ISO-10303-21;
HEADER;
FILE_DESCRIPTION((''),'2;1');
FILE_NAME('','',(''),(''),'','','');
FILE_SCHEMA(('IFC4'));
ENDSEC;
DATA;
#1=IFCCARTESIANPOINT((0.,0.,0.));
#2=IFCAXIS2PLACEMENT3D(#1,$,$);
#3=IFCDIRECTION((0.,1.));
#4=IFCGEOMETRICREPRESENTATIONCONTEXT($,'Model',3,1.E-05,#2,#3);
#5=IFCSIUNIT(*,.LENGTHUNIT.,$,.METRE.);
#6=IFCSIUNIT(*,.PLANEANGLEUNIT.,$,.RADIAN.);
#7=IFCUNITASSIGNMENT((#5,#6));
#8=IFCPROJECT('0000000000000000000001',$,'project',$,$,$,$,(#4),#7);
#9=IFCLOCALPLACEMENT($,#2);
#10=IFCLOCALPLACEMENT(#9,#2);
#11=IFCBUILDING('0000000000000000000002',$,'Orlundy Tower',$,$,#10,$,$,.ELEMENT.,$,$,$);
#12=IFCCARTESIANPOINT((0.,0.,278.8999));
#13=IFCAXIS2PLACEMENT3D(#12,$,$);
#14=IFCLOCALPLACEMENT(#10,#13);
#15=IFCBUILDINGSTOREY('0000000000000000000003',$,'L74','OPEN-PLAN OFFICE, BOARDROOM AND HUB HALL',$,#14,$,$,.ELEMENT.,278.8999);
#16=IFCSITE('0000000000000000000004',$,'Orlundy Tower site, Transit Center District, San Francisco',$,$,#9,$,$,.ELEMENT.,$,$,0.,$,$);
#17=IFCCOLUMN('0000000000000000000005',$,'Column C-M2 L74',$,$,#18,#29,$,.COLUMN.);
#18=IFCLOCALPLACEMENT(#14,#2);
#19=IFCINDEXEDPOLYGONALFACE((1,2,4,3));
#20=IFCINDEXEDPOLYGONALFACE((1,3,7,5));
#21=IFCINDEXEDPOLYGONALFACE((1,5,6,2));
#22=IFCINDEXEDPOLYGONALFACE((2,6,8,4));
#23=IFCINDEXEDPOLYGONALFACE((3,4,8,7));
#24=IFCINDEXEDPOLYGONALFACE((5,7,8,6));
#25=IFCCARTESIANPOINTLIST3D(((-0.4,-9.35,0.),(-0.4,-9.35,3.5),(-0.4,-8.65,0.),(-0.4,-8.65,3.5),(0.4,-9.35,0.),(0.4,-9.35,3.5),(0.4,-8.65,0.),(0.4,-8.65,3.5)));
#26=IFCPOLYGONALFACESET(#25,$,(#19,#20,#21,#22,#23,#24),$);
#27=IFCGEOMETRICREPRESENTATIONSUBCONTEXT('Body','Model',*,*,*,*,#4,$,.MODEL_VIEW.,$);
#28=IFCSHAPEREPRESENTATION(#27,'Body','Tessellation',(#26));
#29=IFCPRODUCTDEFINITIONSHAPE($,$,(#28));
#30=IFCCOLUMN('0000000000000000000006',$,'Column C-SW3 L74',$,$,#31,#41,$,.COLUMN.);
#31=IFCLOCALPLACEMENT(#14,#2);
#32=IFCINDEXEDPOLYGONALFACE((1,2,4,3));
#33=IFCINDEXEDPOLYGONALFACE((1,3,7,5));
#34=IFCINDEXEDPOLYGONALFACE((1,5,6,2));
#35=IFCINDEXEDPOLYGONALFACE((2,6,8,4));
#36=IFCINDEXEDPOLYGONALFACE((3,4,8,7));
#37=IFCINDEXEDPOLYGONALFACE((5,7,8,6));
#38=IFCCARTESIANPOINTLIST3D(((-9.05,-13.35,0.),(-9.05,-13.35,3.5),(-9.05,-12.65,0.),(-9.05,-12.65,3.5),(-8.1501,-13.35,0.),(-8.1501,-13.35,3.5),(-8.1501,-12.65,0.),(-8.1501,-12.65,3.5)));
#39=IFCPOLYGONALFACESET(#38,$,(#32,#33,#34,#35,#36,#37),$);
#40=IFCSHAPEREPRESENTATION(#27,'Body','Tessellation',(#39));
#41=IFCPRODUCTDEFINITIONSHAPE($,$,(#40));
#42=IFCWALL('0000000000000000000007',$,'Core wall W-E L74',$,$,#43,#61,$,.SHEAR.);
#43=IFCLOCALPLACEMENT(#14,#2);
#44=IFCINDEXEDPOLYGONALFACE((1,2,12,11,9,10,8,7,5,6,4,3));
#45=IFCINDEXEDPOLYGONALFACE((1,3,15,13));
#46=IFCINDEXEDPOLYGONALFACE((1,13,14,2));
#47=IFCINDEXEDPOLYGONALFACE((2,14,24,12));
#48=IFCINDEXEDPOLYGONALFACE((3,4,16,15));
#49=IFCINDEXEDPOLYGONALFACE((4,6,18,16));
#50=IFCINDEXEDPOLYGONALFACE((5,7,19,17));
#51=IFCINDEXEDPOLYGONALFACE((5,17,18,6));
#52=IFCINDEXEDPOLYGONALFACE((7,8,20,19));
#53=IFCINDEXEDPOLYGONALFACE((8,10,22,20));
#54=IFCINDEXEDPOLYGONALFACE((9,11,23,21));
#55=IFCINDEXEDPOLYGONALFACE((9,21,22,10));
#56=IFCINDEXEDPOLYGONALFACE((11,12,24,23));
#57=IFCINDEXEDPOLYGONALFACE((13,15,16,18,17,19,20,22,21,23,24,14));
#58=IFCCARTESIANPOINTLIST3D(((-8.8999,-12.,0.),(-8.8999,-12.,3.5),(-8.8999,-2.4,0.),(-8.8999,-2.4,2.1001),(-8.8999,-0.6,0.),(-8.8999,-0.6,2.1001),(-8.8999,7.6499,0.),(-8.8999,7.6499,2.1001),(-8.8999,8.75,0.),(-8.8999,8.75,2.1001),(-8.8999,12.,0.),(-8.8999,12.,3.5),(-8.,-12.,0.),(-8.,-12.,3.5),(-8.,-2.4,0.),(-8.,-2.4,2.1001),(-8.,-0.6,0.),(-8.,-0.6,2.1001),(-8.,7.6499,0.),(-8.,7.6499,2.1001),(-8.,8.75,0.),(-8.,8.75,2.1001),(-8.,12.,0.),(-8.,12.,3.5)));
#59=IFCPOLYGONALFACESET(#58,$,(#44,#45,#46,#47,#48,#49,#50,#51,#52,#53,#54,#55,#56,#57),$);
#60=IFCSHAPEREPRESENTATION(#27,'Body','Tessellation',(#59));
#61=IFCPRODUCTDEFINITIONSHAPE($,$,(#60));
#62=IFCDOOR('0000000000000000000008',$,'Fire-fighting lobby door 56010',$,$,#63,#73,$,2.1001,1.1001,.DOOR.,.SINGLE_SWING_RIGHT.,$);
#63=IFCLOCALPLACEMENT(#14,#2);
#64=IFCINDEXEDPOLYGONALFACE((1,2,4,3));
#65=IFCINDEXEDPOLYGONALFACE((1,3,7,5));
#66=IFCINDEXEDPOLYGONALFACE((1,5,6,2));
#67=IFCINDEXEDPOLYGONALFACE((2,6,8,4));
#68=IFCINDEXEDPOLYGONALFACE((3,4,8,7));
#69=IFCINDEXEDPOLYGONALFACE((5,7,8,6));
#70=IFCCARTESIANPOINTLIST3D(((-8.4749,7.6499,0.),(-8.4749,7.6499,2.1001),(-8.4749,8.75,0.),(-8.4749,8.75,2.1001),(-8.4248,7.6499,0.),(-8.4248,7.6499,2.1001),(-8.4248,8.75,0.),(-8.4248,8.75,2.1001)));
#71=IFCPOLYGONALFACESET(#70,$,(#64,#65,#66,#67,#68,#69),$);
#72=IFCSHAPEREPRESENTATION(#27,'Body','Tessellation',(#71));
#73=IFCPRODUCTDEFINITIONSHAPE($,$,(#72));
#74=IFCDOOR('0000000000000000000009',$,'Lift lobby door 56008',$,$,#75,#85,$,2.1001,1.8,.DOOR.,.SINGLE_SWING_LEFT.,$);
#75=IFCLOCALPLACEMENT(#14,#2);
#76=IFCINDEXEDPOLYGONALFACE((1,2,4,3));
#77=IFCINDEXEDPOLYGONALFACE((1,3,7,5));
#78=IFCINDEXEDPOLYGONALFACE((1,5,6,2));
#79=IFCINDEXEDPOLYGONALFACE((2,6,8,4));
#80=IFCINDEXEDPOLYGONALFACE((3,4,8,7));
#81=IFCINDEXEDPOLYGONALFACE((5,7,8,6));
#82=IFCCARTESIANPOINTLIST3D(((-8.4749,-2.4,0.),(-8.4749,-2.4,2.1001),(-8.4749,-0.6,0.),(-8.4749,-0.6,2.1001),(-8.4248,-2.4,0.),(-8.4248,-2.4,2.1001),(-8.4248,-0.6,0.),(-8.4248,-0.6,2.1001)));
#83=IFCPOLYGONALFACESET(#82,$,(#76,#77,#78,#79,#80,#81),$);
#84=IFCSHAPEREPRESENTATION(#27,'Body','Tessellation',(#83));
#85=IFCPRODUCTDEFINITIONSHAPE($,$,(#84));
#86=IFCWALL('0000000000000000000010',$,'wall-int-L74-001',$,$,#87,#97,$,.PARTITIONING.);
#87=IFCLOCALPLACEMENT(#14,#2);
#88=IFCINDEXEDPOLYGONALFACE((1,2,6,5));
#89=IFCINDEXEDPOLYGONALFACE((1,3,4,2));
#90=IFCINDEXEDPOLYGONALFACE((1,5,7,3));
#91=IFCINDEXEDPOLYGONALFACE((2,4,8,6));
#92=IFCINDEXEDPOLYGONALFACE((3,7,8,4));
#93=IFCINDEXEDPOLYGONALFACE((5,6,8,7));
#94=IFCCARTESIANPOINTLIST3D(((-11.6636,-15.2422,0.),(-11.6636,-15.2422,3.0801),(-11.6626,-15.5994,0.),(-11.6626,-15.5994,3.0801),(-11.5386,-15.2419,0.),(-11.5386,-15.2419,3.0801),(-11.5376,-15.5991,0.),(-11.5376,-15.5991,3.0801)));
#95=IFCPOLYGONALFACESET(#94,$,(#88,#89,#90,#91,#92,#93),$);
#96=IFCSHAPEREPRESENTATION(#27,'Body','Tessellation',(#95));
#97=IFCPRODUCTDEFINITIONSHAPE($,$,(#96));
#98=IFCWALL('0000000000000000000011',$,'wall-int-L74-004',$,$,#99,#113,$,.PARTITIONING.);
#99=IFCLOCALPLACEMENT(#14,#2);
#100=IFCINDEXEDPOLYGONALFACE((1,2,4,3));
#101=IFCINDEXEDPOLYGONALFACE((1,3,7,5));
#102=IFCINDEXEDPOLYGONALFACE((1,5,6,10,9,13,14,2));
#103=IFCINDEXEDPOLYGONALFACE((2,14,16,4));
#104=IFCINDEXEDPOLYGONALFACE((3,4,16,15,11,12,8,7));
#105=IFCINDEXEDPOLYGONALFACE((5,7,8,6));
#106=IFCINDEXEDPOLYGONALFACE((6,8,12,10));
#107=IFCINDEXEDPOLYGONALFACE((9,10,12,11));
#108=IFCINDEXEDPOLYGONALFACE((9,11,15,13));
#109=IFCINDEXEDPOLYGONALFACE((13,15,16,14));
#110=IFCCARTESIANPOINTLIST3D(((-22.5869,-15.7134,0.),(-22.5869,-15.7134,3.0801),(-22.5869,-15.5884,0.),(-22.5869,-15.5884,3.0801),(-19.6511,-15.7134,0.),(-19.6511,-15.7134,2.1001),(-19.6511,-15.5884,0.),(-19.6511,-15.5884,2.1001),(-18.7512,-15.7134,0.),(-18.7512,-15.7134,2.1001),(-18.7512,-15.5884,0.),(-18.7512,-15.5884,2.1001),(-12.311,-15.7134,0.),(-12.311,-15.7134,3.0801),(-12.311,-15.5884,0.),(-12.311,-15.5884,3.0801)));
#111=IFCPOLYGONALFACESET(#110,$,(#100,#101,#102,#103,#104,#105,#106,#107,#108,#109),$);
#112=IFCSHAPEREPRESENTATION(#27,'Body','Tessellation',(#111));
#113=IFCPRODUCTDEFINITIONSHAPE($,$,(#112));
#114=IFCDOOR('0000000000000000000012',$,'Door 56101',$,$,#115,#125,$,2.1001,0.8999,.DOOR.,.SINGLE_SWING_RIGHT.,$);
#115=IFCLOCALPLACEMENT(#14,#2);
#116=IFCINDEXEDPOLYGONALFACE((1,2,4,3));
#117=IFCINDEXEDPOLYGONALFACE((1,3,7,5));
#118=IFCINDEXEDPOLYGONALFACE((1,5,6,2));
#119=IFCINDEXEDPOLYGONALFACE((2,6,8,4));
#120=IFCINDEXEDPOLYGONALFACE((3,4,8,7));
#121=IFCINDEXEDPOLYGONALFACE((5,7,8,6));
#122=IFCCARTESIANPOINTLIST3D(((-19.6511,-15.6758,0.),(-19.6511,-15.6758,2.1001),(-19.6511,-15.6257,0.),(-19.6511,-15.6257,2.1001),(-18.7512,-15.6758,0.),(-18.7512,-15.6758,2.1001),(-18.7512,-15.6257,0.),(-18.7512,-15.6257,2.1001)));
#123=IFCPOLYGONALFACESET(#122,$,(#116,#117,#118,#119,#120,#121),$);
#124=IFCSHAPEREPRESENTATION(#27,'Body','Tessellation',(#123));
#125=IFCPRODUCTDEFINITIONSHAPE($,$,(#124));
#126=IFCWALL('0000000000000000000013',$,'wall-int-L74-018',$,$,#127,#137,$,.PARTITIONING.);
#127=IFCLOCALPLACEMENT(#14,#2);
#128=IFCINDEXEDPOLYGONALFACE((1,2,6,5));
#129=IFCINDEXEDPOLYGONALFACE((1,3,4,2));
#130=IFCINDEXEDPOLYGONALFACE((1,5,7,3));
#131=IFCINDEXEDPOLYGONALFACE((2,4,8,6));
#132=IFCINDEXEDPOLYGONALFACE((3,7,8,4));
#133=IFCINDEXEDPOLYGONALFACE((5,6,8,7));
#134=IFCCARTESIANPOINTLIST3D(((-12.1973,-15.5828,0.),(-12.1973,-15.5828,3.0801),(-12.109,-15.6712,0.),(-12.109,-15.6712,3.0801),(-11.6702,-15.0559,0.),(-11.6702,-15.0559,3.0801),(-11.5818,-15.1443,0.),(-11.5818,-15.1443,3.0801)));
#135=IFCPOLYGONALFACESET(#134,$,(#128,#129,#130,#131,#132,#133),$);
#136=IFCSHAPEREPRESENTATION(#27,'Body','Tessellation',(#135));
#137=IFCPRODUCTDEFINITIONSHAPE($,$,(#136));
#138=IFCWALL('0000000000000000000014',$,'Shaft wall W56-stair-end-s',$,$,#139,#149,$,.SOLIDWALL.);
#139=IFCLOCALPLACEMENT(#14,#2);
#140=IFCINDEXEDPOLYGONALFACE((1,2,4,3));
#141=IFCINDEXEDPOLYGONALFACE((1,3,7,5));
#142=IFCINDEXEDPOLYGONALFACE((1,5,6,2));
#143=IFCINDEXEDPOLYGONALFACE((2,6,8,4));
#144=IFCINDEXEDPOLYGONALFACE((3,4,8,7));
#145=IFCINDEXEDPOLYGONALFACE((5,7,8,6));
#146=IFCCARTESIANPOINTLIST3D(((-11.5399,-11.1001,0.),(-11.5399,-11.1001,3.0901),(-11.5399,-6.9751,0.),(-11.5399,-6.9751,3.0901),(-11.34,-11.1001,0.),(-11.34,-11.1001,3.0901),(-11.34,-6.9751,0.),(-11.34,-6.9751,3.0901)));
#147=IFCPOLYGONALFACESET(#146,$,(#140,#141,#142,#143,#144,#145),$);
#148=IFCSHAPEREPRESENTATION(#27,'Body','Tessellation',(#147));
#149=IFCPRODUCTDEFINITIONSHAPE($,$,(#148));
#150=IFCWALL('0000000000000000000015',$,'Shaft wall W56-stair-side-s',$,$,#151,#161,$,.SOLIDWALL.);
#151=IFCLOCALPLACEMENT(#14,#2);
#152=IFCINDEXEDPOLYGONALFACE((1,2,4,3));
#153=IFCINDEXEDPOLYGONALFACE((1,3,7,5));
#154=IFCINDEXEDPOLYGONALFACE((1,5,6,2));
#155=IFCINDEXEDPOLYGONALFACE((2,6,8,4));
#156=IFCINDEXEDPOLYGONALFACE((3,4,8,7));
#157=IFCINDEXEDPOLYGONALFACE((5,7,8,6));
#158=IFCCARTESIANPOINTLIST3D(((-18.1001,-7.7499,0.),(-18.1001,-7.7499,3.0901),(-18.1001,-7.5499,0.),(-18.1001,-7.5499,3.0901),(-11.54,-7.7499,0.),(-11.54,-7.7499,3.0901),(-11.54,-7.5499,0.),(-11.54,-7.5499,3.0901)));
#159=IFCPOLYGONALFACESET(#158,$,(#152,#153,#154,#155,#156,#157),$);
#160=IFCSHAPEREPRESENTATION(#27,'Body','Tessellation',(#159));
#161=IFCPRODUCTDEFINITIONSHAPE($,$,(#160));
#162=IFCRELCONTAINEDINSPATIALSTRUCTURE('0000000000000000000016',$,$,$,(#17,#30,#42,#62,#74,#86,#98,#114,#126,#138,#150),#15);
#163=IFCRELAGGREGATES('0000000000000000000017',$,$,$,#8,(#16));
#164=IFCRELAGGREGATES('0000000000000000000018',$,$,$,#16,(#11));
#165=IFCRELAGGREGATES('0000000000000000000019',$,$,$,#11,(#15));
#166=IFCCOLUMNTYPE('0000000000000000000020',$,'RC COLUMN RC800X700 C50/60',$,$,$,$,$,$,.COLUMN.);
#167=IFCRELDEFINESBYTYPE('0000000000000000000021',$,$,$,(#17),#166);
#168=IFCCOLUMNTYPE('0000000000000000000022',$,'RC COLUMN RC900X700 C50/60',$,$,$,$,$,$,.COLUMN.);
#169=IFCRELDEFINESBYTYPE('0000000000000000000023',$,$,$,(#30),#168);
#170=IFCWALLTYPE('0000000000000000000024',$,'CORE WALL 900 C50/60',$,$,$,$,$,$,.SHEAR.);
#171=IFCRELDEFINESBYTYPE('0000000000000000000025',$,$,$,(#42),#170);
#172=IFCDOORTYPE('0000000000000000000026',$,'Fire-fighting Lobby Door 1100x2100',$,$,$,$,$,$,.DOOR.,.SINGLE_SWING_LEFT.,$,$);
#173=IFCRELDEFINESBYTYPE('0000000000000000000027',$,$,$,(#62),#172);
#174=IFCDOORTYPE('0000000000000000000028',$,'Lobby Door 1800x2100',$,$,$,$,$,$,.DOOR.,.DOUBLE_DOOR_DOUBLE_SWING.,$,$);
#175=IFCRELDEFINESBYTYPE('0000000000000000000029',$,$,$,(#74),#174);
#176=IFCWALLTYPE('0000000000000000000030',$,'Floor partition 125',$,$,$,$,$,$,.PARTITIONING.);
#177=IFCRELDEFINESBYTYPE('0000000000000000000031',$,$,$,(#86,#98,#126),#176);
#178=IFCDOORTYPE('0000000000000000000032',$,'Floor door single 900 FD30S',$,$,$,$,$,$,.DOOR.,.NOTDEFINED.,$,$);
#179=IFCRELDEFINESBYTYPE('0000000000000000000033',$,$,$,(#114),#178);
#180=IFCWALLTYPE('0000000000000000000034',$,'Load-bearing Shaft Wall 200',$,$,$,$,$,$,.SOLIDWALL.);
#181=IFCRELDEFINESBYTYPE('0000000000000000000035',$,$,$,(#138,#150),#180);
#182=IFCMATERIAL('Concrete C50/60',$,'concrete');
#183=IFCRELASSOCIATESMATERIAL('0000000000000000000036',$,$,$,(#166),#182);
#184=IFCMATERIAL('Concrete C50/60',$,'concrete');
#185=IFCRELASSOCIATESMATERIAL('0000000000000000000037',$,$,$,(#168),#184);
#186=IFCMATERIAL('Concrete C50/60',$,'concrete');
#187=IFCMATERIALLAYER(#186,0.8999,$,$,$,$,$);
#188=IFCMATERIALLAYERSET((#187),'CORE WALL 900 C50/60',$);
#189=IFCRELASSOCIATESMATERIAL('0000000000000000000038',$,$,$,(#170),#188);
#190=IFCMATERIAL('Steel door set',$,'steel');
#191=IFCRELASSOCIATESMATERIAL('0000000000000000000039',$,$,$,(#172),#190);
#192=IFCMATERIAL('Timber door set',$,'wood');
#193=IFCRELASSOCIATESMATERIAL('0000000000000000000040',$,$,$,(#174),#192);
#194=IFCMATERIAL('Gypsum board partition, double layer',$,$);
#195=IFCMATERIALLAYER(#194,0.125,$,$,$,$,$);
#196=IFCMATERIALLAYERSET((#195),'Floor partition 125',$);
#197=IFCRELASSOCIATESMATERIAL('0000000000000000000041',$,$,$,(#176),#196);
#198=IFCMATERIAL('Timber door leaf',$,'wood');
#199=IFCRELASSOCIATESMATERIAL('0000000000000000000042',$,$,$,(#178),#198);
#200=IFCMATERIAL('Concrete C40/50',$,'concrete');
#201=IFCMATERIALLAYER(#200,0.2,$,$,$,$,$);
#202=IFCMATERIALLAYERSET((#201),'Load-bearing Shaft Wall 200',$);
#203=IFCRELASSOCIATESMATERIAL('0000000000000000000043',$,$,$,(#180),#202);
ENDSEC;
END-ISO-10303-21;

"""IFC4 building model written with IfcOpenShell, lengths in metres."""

from ifc_helpers import new_model, si_unit, direction, frame, frame_2d, origin, origin_2d, place, context, subcontext, project, spatial, rectangle, extrude, material, layer, layer_set, material_profile, profile_set, type_object, element, fill, save


model = new_model("IFC4")

# Units and contexts
model_context = context("Model", 3, precision=1e-05, world=origin(), true_north=direction((0.0, 1.0)))
body_context = subcontext(model_context, "Body", "Model", "MODEL_VIEW")
ifc_project = project(units=[si_unit("LENGTHUNIT", "METRE"), si_unit("PLANEANGLEUNIT", "RADIAN")], contexts=[model_context])

# Site, building, storey
site_placement = place(None, origin())
site = spatial("IfcSite", under=ifc_project, at=site_placement, Name="Orlundy Tower site, Transit Center District, San Francisco", CompositionType="ELEMENT", RefElevation=0.0)
building_placement = place(site_placement, origin())
building = spatial("IfcBuilding", under=site, at=building_placement, Name="Orlundy Tower", CompositionType="ELEMENT")
storey_placement = place(building_placement, frame((0.0, 0.0, 278.8999)))
storey = spatial("IfcBuildingStorey", under=building, at=storey_placement, Name="L74", Description="OPEN-PLAN OFFICE, BOARDROOM AND HUB HALL", CompositionType="ELEMENT", Elevation=278.8999)

# Columns
ifc_material_1 = material(Name="Concrete C50/60", Category="concrete")
ifc_material_profile_1 = material_profile(ifc_material_1, rectangle(XDim=0.8, YDim=0.7, at=origin_2d()), Name="RC800X700")
ifc_profile_set_1 = profile_set([ifc_material_profile_1], Name="Concrete C50/60")
column_type_1 = type_object("IfcColumnType", Name="RC COLUMN RC800X700 C50/60", PredefinedType="COLUMN", material=ifc_profile_set_1)
column_1_placement = place(storey_placement, frame((0.0, -9.0, 0.0), z_axis=(0.0, 0.0, 1.0), x_axis=(1.0, 0.0, 0.0)))
element("IfcColumn", 1, at=column_1_placement, inside=storey, type_object=column_type_1, Name="Column C-M2 L74", PredefinedType="COLUMN", context=body_context, shape_type="SweptSolid", body=[
    extrude(rectangle(XDim=0.8, YDim=0.7, at=origin_2d()), origin(), (0.0, 0.0, 1.0), 3.5),
])
ifc_material_2 = material(Name="Concrete C50/60", Category="concrete")
ifc_material_profile_2 = material_profile(ifc_material_2, rectangle(XDim=0.8999, YDim=0.7, at=origin_2d()), Name="RC900X700")
ifc_profile_set_2 = profile_set([ifc_material_profile_2], Name="Concrete C50/60")
column_type_2 = type_object("IfcColumnType", Name="RC COLUMN RC900X700 C50/60", PredefinedType="COLUMN", material=ifc_profile_set_2)
column_2_placement = place(storey_placement, frame((-8.6001, -13.0, 0.0), z_axis=(0.0, 0.0, 1.0), x_axis=(1.0, 0.0, 0.0)))
element("IfcColumn", 2, at=column_2_placement, inside=storey, type_object=column_type_2, Name="Column C-SW3 L74", PredefinedType="COLUMN", context=body_context, shape_type="SweptSolid", body=[
    extrude(rectangle(XDim=0.8999, YDim=0.7, at=origin_2d()), origin(), (0.0, 0.0, 1.0), 3.5),
])

# Wall, openings, doors
ifc_material_3 = material(Name="Concrete C50/60", Category="concrete")
ifc_layer_1 = layer(ifc_material_3, 0.8999)
ifc_layer_set_1 = layer_set([ifc_layer_1], Name="CORE WALL 900 C50/60")
wall_type_1 = type_object("IfcWallType", Name="CORE WALL 900 C50/60", PredefinedType="SHEAR", material=ifc_layer_set_1)
wall_1_placement = place(storey_placement, frame((-8.45, -12.0, 0.0), z_axis=(0.0, 0.0, 1.0), x_axis=(0.0, 1.0, 0.0)))
wall_1 = element("IfcWall", 3, at=wall_1_placement, inside=storey, type_object=wall_type_1, Name="Core wall W-E L74", PredefinedType="SHEAR", context=body_context, shape_type="SweptSolid", body=[
    extrude(rectangle(XDim=24.0, YDim=0.8999, at=frame_2d((12.0, 0.0))), origin(), (0.0, 0.0, 1.0), 3.5),
])
opening_1_placement = place(wall_1_placement, frame((9.6001, 0.0, 0.0)))
opening_1 = element("IfcOpeningElement", 4, at=opening_1_placement, cuts=wall_1, PredefinedType="OPENING", context=body_context, shape_type="SweptSolid", body=[
    extrude(rectangle(XDim=1.8, YDim=2.1001, at=frame_2d((0.8999, 1.05))), frame((0.0, 0.46, 0.0), z_axis=(0.0, -1.0, 0.0), x_axis=(1.0, 0.0, 0.0)), (0.0, 0.0, 1.0), 0.9199),
])
opening_2_placement = place(wall_1_placement, frame((19.6499, 0.0, 0.0)))
opening_2 = element("IfcOpeningElement", 5, at=opening_2_placement, cuts=wall_1, PredefinedType="OPENING", context=body_context, shape_type="SweptSolid", body=[
    extrude(rectangle(XDim=1.1001, YDim=2.1001, at=frame_2d((0.55, 1.05))), frame((0.0, 0.46, 0.0), z_axis=(0.0, -1.0, 0.0), x_axis=(1.0, 0.0, 0.0)), (0.0, 0.0, 1.0), 0.9199),
])
ifc_material_4 = material(Name="Steel door set", Category="steel")
door_type_1 = type_object("IfcDoorType", Name="Fire-fighting Lobby Door 1100x2100", OperationType="SINGLE_SWING_LEFT", PredefinedType="DOOR", material=ifc_material_4)
door_1_placement = place(opening_2_placement, origin())
door_1 = element("IfcDoor", 6, at=door_1_placement, inside=storey, type_object=door_type_1, Name="Fire-fighting lobby door 56010", OperationType="SINGLE_SWING_RIGHT", OverallHeight=2.1001, OverallWidth=1.1001, PredefinedType="DOOR", context=body_context, shape_type="SweptSolid", body=[
    extrude(rectangle(XDim=1.1001, YDim=2.1001, at=frame_2d((0.55, 1.05))), frame((0.0, 0.0249, 0.0), z_axis=(0.0, -1.0, 0.0), x_axis=(1.0, 0.0, 0.0)), (0.0, 0.0, 1.0), 0.05),
])
fill(opening_2, door_1)
ifc_material_5 = material(Name="Timber door set", Category="wood")
door_type_2 = type_object("IfcDoorType", Name="Lobby Door 1800x2100", OperationType="DOUBLE_DOOR_DOUBLE_SWING", PredefinedType="DOOR", material=ifc_material_5)
door_2_placement = place(opening_1_placement, origin())
door_2 = element("IfcDoor", 7, at=door_2_placement, inside=storey, type_object=door_type_2, Name="Lift lobby door 56008", OperationType="SINGLE_SWING_LEFT", OverallHeight=2.1001, OverallWidth=1.8, PredefinedType="DOOR", context=body_context, shape_type="SweptSolid", body=[
    extrude(rectangle(XDim=1.8, YDim=2.1001, at=frame_2d((0.8999, 1.05))), frame((0.0, 0.0249, 0.0), z_axis=(0.0, -1.0, 0.0), x_axis=(1.0, 0.0, 0.0)), (0.0, 0.0, 1.0), 0.05),
])
fill(opening_1, door_2)

# Wall
ifc_material_6 = material(Name="Gypsum board partition, double layer")
ifc_layer_2 = layer(ifc_material_6, 0.125)
ifc_layer_set_2 = layer_set([ifc_layer_2], Name="Floor partition 125")
wall_type_2 = type_object("IfcWallType", Name="Floor partition 125", PredefinedType="PARTITIONING", material=ifc_layer_set_2)
wall_2_placement = place(storey_placement, frame((-11.6011, -15.2419, 0.0), z_axis=(0.0, 0.0, 1.0), x_axis=(0.002734, -0.999996, 0.0)))
element("IfcWall", 8, at=wall_2_placement, inside=storey, type_object=wall_type_2, Name="wall-int-L74-001", PredefinedType="PARTITIONING", context=body_context, shape_type="SweptSolid", body=[
    extrude(rectangle(XDim=0.3572, YDim=0.125, at=frame_2d((0.1787, 0.0))), origin(), (0.0, 0.0, 1.0), 3.0801),
])

# Wall, opening, door
wall_3_placement = place(storey_placement, frame((-12.311, -15.6509, 0.0), z_axis=(0.0, 0.0, 1.0), x_axis=(-1.0, 0.0, 0.0)))
wall_3 = element("IfcWall", 9, at=wall_3_placement, inside=storey, type_object=wall_type_2, Name="wall-int-L74-004", PredefinedType="PARTITIONING", context=body_context, shape_type="SweptSolid", body=[
    extrude(rectangle(XDim=10.2759, YDim=0.125, at=frame_2d((5.1379, 0.0))), origin(), (0.0, 0.0, 1.0), 3.0801),
])
opening_3_placement = place(wall_3_placement, frame((6.4402, 0.0, 0.0)))
opening_3 = element("IfcOpeningElement", 10, at=opening_3_placement, cuts=wall_3, PredefinedType="OPENING", context=body_context, shape_type="SweptSolid", body=[
    extrude(rectangle(XDim=0.8999, YDim=2.1001, at=frame_2d((0.45, 1.05))), frame((0.0, 0.0725, 0.0), z_axis=(0.0, -1.0, 0.0), x_axis=(1.0, 0.0, 0.0)), (0.0, 0.0, 1.0), 0.145),
])
ifc_material_7 = material(Name="Timber door leaf", Category="wood")
door_type_3 = type_object("IfcDoorType", Name="Floor door single 900 FD30S", OperationType="NOTDEFINED", PredefinedType="DOOR", material=ifc_material_7)
door_3_placement = place(opening_3_placement, origin())
door_3 = element("IfcDoor", 11, at=door_3_placement, inside=storey, type_object=door_type_3, Name="Door 56101", OperationType="SINGLE_SWING_RIGHT", OverallHeight=2.1001, OverallWidth=0.8999, PredefinedType="DOOR", context=body_context, shape_type="SweptSolid", body=[
    extrude(rectangle(XDim=0.8999, YDim=2.1001, at=frame_2d((0.45, 1.05))), frame((0.0, 0.0249, 0.0), z_axis=(0.0, -1.0, 0.0), x_axis=(1.0, 0.0, 0.0)), (0.0, 0.0, 1.0), 0.05),
])
fill(opening_3, door_3)

# Walls
wall_4_placement = place(storey_placement, frame((-12.1531, -15.627, 0.0), z_axis=(0.0, 0.0, 1.0), x_axis=(0.707271, 0.706943, 0.0)))
element("IfcWall", 12, at=wall_4_placement, inside=storey, type_object=wall_type_2, Name="wall-int-L74-018", PredefinedType="PARTITIONING", context=body_context, shape_type="SweptSolid", body=[
    extrude(rectangle(XDim=0.7454, YDim=0.125, at=frame_2d((0.3726, 0.0))), origin(), (0.0, 0.0, 1.0), 3.0801),
])
ifc_material_8 = material(Name="Concrete C40/50", Category="concrete")
ifc_layer_3 = layer(ifc_material_8, 0.2)
ifc_layer_set_3 = layer_set([ifc_layer_3], Name="Load-bearing Shaft Wall 200")
wall_type_3 = type_object("IfcWallType", Name="Load-bearing Shaft Wall 200", PredefinedType="SOLIDWALL", material=ifc_layer_set_3)
wall_5_placement = place(storey_placement, frame((-11.4399, -11.1001, 0.0), z_axis=(0.0, 0.0, 1.0), x_axis=(0.0, 1.0, 0.0)))
element("IfcWall", 13, at=wall_5_placement, inside=storey, type_object=wall_type_3, Name="Shaft wall W56-stair-end-s", PredefinedType="SOLIDWALL", context=body_context, shape_type="SweptSolid", body=[
    extrude(rectangle(XDim=4.125, YDim=0.2, at=frame_2d((2.0625, 0.0))), origin(), (0.0, 0.0, 1.0), 3.0901),
])
wall_6_placement = place(storey_placement, frame((-11.54, -7.6499, 0.0), z_axis=(0.0, 0.0, 1.0), x_axis=(-1.0, 0.0, 0.0)))
element("IfcWall", 14, at=wall_6_placement, inside=storey, type_object=wall_type_3, Name="Shaft wall W56-stair-side-s", PredefinedType="SOLIDWALL", context=body_context, shape_type="SweptSolid", body=[
    extrude(rectangle(XDim=6.5601, YDim=0.2, at=frame_2d((3.28, 0.0))), origin(), (0.0, 0.0, 1.0), 3.0901),
])

save(model, "model.ifc")
